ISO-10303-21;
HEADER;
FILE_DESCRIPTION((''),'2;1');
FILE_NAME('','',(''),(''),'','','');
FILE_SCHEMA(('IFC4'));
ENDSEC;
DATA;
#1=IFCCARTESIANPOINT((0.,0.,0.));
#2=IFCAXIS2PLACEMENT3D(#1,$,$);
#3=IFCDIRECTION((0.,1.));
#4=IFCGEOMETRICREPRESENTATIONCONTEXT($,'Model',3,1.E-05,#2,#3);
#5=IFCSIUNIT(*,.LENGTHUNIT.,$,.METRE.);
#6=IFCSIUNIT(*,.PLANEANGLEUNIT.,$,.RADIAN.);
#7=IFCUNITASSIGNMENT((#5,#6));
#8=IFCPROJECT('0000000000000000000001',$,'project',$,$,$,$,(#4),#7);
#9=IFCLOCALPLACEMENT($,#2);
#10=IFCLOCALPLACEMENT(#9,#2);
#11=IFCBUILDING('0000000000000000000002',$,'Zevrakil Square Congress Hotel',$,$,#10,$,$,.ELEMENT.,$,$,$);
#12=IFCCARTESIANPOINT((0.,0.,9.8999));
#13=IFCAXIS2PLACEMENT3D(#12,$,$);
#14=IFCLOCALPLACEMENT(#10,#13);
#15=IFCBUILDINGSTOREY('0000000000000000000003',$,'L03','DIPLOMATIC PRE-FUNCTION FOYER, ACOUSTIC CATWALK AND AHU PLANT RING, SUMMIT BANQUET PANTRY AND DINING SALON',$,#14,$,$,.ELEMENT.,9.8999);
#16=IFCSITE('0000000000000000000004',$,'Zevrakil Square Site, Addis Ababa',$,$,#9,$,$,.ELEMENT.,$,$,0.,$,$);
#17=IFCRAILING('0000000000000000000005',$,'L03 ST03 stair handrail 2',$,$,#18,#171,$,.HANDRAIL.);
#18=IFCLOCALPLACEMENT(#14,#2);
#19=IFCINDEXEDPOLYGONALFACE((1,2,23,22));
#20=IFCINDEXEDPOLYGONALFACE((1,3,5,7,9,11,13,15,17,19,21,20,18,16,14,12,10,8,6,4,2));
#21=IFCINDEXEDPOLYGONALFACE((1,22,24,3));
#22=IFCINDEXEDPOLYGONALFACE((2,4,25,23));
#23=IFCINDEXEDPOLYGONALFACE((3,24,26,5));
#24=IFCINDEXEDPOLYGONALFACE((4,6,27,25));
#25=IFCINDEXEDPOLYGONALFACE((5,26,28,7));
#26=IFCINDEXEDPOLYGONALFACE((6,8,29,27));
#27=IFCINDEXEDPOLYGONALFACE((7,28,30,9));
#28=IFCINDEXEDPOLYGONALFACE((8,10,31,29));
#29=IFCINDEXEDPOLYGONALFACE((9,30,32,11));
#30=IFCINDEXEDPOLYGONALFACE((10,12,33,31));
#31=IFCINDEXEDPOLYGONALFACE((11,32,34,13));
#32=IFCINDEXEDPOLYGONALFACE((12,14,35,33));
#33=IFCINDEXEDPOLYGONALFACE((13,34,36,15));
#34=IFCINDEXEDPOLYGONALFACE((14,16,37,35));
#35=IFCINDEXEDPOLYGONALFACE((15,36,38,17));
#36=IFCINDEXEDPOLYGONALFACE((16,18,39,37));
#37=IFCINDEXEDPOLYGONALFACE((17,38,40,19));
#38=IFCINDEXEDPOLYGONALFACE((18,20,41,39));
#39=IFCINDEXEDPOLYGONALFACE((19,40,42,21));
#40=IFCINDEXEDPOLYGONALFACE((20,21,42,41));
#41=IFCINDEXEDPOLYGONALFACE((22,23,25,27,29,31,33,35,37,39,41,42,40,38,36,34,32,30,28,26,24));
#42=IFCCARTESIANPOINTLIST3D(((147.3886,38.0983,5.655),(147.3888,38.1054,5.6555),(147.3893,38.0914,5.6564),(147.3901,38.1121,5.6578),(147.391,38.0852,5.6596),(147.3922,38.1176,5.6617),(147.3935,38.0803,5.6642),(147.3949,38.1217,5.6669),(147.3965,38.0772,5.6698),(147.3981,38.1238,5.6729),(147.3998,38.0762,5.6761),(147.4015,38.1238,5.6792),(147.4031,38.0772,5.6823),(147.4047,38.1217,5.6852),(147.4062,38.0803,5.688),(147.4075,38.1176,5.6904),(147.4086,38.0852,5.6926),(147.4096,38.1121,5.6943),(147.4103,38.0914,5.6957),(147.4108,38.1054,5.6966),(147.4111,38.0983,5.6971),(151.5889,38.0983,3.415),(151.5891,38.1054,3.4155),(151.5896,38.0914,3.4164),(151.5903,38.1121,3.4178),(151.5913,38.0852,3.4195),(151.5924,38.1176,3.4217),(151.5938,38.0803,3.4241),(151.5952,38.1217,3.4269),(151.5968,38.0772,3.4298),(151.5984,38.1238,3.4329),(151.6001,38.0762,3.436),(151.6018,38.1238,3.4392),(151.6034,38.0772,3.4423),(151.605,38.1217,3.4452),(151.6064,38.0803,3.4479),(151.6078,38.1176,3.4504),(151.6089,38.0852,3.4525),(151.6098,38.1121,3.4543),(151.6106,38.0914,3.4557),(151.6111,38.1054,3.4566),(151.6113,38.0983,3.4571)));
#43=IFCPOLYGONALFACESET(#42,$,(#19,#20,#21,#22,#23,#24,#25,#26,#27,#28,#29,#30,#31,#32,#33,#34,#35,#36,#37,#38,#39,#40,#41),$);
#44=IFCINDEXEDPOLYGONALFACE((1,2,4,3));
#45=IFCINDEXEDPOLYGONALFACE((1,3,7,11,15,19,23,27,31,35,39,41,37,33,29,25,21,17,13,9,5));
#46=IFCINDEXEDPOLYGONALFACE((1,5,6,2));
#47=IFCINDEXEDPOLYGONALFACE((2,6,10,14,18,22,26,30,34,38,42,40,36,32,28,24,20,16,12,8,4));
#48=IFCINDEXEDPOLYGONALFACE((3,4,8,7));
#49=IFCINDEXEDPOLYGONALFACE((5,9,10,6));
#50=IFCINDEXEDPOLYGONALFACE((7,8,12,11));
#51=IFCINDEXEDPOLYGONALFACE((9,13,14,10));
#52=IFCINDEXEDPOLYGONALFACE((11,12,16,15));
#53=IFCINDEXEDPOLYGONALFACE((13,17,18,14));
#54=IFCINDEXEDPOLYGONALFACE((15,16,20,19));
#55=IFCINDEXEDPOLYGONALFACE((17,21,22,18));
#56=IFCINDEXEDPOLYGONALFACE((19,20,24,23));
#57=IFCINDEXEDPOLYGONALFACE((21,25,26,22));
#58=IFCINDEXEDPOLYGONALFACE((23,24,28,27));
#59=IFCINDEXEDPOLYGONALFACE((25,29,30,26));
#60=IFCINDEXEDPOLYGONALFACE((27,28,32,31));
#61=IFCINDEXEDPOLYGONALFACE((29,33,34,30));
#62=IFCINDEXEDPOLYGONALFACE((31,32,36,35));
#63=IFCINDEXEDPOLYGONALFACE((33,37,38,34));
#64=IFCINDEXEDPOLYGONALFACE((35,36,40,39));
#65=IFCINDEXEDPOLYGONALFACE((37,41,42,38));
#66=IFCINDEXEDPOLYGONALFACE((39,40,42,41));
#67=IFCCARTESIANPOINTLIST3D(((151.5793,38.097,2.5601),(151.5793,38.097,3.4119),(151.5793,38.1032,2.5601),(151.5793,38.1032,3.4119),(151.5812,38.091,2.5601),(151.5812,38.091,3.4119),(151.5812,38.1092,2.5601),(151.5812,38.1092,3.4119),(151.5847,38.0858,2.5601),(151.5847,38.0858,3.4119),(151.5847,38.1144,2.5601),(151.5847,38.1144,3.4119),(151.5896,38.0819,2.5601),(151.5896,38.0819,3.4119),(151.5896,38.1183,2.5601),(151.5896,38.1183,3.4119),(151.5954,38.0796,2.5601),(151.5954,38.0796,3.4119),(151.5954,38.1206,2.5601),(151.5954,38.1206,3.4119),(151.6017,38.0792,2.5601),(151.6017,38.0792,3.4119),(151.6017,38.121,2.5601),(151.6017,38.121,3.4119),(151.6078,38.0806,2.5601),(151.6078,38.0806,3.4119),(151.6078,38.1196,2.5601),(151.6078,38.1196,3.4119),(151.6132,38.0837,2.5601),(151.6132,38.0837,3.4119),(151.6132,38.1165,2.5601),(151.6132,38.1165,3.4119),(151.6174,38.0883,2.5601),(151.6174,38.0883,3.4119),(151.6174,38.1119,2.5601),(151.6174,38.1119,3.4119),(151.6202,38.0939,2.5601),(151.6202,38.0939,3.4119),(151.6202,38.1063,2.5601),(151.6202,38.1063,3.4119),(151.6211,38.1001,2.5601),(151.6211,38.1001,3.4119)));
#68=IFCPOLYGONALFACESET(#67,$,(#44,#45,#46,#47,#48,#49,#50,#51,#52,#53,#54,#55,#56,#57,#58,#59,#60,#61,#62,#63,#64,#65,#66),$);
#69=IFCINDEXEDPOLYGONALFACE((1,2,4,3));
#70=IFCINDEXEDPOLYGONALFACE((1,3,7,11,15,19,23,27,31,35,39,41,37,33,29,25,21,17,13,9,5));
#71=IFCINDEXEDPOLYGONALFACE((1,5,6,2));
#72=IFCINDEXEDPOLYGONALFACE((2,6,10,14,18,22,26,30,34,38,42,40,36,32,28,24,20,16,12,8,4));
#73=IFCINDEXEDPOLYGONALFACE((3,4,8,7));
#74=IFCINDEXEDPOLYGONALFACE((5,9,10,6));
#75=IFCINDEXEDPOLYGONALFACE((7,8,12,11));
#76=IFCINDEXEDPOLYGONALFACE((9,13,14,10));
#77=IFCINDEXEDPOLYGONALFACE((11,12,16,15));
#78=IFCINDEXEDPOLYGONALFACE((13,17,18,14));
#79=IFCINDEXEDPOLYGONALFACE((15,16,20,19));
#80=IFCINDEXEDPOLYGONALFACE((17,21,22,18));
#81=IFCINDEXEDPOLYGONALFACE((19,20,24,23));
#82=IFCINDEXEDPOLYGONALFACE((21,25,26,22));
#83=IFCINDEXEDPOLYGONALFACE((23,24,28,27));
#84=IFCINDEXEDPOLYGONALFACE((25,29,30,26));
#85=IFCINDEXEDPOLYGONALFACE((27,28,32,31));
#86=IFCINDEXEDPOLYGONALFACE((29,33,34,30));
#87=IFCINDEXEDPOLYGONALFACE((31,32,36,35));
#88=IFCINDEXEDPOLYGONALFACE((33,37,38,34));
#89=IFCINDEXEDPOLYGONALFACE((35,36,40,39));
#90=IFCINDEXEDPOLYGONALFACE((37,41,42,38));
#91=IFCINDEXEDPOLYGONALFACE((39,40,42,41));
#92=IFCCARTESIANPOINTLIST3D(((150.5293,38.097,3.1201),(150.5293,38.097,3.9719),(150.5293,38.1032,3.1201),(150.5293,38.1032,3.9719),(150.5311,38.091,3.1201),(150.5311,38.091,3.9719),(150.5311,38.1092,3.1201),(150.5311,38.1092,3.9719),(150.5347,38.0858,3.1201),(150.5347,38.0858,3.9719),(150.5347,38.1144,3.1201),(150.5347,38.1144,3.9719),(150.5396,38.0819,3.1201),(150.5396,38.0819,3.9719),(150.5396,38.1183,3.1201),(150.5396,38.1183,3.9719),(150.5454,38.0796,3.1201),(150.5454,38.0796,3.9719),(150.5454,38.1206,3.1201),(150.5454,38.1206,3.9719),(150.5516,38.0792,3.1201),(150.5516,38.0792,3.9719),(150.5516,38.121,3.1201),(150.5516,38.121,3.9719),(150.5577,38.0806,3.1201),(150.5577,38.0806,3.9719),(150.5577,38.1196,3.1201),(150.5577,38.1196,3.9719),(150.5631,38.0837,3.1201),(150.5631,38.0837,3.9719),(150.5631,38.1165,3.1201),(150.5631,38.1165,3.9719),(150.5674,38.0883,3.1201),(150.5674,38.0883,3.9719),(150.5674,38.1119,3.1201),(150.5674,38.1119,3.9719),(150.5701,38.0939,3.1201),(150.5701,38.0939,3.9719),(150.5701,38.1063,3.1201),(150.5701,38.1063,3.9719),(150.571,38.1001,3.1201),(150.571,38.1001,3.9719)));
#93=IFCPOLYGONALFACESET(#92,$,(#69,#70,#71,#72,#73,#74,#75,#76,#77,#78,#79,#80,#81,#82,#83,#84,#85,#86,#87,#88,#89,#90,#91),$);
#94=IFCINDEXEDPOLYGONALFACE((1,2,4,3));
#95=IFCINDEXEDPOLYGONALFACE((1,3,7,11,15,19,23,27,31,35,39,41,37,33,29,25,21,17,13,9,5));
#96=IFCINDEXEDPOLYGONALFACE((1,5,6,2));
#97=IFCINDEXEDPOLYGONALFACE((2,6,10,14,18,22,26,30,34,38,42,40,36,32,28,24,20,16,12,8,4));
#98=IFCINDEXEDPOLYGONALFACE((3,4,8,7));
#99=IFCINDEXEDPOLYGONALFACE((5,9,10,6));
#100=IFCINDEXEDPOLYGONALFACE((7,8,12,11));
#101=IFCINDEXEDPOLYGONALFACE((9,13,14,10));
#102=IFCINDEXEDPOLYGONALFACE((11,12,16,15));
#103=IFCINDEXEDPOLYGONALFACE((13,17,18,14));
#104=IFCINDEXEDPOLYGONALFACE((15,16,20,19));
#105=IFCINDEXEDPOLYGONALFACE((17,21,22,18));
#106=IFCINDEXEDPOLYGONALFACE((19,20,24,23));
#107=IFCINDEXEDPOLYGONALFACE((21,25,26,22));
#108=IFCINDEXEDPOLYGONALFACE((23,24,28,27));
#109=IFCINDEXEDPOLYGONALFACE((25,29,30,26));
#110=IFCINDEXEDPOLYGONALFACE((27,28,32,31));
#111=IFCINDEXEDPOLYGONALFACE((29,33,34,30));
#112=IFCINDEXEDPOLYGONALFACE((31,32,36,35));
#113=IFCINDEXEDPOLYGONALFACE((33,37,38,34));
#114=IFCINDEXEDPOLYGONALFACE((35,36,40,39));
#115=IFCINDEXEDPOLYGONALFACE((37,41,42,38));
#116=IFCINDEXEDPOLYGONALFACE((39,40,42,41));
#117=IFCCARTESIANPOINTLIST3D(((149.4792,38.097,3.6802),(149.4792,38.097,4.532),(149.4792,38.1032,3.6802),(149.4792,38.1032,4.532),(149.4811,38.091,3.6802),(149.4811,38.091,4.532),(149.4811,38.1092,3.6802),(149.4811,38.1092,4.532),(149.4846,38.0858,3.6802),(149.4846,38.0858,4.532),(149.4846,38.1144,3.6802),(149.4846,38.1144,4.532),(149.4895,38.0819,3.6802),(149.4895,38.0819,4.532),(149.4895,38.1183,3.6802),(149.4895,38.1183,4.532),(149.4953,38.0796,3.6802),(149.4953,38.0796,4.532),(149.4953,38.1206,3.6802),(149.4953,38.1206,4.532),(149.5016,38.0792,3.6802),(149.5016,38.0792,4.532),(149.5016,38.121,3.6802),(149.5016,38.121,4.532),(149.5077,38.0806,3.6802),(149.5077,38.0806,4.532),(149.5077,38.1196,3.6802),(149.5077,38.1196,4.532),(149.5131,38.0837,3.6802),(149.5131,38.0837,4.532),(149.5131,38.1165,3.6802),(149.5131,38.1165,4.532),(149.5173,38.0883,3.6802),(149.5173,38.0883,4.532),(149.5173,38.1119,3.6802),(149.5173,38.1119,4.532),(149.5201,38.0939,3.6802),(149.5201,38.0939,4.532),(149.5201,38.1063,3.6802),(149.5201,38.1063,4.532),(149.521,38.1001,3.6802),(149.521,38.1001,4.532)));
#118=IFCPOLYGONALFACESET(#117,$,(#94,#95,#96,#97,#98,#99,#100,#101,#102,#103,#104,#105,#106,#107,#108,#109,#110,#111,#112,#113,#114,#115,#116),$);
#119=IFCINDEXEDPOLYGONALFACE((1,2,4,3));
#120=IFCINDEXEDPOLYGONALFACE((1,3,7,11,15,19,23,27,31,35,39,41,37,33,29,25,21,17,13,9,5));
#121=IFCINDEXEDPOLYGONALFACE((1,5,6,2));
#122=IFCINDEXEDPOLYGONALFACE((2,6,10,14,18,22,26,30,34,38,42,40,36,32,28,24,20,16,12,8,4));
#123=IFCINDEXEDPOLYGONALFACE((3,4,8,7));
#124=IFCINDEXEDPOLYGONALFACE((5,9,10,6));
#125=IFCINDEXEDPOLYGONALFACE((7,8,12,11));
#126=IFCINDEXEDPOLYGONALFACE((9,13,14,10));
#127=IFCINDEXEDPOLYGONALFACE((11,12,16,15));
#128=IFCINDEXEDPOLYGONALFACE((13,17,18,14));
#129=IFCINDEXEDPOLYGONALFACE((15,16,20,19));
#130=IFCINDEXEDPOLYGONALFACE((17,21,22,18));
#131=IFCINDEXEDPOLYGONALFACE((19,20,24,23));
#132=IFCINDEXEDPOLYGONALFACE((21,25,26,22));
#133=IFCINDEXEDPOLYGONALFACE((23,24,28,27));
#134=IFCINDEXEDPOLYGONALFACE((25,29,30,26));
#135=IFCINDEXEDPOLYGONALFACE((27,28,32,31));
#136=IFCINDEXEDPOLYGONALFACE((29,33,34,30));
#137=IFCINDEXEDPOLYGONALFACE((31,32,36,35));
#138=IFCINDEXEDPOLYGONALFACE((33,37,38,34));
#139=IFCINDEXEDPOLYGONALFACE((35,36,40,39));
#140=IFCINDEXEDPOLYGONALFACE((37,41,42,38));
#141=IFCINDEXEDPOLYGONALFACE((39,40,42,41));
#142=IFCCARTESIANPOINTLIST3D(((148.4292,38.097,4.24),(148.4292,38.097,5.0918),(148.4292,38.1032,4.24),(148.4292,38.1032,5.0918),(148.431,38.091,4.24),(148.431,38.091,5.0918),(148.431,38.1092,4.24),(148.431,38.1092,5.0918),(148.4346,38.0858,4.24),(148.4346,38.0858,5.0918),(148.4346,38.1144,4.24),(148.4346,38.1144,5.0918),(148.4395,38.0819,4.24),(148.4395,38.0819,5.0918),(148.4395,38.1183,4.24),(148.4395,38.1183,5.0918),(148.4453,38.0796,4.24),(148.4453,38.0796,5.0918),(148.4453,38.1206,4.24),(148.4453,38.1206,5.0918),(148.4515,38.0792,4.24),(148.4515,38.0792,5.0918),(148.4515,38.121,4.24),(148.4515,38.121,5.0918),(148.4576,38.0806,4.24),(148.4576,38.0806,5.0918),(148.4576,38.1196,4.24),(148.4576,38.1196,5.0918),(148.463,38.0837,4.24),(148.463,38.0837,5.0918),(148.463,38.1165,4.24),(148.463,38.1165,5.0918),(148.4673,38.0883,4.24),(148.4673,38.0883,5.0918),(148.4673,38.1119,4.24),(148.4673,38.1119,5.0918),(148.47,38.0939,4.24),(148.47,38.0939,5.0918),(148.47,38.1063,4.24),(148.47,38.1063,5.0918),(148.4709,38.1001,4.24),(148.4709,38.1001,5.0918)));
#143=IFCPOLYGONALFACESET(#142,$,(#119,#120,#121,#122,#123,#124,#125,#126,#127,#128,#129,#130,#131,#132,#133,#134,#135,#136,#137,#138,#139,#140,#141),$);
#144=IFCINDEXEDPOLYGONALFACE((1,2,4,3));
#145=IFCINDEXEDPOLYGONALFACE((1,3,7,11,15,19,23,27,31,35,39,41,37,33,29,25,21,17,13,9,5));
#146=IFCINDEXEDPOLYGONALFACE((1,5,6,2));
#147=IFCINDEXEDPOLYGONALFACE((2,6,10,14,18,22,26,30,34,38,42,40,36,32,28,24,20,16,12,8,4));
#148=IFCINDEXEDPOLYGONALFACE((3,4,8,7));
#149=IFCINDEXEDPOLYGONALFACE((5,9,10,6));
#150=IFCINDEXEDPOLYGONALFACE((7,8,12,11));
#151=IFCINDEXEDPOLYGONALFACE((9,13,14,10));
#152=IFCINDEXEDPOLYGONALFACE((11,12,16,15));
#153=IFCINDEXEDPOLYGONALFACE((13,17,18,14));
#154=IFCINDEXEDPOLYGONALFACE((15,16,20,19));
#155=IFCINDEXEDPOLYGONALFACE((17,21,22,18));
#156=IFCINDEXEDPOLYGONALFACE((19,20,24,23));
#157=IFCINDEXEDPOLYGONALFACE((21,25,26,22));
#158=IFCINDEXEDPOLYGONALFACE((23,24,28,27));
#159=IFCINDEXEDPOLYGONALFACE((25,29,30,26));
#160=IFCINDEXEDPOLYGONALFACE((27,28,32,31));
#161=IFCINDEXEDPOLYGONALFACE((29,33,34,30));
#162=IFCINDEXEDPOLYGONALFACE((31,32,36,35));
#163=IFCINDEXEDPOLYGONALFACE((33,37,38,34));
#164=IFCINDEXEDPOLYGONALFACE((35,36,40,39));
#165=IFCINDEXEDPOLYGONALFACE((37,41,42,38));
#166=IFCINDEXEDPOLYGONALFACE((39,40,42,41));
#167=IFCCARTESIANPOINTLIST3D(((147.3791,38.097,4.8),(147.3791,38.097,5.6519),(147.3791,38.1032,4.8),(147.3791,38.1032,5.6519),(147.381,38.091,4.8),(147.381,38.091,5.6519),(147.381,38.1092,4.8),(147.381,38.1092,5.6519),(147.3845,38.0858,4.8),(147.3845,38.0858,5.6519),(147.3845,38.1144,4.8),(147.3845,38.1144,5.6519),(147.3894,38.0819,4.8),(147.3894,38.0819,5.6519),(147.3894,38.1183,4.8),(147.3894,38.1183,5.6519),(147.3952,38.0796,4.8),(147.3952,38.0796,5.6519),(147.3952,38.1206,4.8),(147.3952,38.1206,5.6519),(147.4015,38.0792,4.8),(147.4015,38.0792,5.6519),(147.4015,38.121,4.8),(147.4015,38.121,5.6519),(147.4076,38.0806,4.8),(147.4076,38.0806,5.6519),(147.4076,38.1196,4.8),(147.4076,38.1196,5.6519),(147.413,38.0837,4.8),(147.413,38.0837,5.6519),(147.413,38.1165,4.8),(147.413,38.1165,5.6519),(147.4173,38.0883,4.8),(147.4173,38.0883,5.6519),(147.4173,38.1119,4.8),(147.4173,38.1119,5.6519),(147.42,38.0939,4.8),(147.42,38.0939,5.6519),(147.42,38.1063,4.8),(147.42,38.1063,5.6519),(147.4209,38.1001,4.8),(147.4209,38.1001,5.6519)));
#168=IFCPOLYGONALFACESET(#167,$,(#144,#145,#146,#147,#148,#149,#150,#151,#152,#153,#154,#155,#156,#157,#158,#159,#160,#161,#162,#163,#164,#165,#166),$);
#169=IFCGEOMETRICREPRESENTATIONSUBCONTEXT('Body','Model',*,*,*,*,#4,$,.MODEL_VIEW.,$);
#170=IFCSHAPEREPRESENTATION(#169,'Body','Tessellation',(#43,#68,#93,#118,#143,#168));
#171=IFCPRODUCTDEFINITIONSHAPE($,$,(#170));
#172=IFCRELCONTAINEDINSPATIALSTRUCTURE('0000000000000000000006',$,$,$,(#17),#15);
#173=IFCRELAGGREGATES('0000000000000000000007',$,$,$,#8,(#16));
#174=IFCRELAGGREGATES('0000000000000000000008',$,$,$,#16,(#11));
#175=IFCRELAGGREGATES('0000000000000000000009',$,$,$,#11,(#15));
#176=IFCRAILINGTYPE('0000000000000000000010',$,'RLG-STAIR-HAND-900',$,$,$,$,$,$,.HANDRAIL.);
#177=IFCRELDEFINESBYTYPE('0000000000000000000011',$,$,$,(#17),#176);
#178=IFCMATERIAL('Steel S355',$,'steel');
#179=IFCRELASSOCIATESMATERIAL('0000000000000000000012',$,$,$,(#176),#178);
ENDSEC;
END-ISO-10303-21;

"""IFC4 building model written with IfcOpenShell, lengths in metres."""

from ifc_helpers import new_model, si_unit, direction, frame, origin, origin_2d, place, context, subcontext, project, spatial, circle, extrude, material, type_object, element, save


model = new_model("IFC4")

# Units and contexts
model_context = context("Model", 3, precision=1e-05, world=origin(), true_north=direction((0.0, 1.0)))
body_context = subcontext(model_context, "Body", "Model", "MODEL_VIEW")
ifc_project = project(units=[si_unit("LENGTHUNIT", "METRE"), si_unit("PLANEANGLEUNIT", "RADIAN")], contexts=[model_context])

# Site, building, storey
site_placement = place(None, origin())
site = spatial("IfcSite", under=ifc_project, at=site_placement, Name="Zevrakil Square Site, Addis Ababa", CompositionType="ELEMENT", RefElevation=0.0)
building_placement = place(site_placement, origin())
building = spatial("IfcBuilding", under=site, at=building_placement, Name="Zevrakil Square Congress Hotel", CompositionType="ELEMENT")
storey_placement = place(building_placement, frame((0.0, 0.0, 9.8999)))
storey = spatial("IfcBuildingStorey", under=building, at=storey_placement, Name="L03", Description="DIPLOMATIC PRE-FUNCTION FOYER, ACOUSTIC CATWALK AND AHU PLANT RING, SUMMIT BANQUET PANTRY AND DINING SALON", CompositionType="ELEMENT", Elevation=9.8999)

# Railing
ifc_material_1 = material(Name="Steel S355", Category="steel")
railing_type_1 = type_object("IfcRailingType", Name="RLG-STAIR-HAND-900", PredefinedType="HANDRAIL", material=ifc_material_1)
railing_1_placement = place(storey_placement, frame((151.6001, 38.1001, 2.5601)))
element("IfcRailing", 1, at=railing_1_placement, inside=storey, type_object=railing_type_1, Name="L03 ST03 stair handrail 2", PredefinedType="HANDRAIL", context=body_context, shape_type="SweptSolid", body=[
    extrude(circle(Radius=0.0239, at=origin_2d()), frame((0.0, 0.0, 0.876), z_axis=(-0.882363, 0.0, 0.47057), x_axis=(0.0, -1.0, 0.0)), (0.0, 0.0, 1.0), 4.7603),
    extrude(circle(Radius=0.021, at=origin_2d()), origin(), (0.0, 0.0, 1.0), 0.8518),
    extrude(circle(Radius=0.021, at=origin_2d()), frame((-1.05, 0.0, 0.5601)), (0.0, 0.0, 1.0), 0.8518),
    extrude(circle(Radius=0.021, at=origin_2d()), frame((-2.1001, 0.0, 1.1201)), (0.0, 0.0, 1.0), 0.8518),
    extrude(circle(Radius=0.021, at=origin_2d()), frame((-3.1501, 0.0, 1.6799)), (0.0, 0.0, 1.0), 0.8518),
    extrude(circle(Radius=0.021, at=origin_2d()), frame((-4.2002, 0.0, 2.24)), (0.0, 0.0, 1.0), 0.8518),
])

save(model, "model.ifc")
